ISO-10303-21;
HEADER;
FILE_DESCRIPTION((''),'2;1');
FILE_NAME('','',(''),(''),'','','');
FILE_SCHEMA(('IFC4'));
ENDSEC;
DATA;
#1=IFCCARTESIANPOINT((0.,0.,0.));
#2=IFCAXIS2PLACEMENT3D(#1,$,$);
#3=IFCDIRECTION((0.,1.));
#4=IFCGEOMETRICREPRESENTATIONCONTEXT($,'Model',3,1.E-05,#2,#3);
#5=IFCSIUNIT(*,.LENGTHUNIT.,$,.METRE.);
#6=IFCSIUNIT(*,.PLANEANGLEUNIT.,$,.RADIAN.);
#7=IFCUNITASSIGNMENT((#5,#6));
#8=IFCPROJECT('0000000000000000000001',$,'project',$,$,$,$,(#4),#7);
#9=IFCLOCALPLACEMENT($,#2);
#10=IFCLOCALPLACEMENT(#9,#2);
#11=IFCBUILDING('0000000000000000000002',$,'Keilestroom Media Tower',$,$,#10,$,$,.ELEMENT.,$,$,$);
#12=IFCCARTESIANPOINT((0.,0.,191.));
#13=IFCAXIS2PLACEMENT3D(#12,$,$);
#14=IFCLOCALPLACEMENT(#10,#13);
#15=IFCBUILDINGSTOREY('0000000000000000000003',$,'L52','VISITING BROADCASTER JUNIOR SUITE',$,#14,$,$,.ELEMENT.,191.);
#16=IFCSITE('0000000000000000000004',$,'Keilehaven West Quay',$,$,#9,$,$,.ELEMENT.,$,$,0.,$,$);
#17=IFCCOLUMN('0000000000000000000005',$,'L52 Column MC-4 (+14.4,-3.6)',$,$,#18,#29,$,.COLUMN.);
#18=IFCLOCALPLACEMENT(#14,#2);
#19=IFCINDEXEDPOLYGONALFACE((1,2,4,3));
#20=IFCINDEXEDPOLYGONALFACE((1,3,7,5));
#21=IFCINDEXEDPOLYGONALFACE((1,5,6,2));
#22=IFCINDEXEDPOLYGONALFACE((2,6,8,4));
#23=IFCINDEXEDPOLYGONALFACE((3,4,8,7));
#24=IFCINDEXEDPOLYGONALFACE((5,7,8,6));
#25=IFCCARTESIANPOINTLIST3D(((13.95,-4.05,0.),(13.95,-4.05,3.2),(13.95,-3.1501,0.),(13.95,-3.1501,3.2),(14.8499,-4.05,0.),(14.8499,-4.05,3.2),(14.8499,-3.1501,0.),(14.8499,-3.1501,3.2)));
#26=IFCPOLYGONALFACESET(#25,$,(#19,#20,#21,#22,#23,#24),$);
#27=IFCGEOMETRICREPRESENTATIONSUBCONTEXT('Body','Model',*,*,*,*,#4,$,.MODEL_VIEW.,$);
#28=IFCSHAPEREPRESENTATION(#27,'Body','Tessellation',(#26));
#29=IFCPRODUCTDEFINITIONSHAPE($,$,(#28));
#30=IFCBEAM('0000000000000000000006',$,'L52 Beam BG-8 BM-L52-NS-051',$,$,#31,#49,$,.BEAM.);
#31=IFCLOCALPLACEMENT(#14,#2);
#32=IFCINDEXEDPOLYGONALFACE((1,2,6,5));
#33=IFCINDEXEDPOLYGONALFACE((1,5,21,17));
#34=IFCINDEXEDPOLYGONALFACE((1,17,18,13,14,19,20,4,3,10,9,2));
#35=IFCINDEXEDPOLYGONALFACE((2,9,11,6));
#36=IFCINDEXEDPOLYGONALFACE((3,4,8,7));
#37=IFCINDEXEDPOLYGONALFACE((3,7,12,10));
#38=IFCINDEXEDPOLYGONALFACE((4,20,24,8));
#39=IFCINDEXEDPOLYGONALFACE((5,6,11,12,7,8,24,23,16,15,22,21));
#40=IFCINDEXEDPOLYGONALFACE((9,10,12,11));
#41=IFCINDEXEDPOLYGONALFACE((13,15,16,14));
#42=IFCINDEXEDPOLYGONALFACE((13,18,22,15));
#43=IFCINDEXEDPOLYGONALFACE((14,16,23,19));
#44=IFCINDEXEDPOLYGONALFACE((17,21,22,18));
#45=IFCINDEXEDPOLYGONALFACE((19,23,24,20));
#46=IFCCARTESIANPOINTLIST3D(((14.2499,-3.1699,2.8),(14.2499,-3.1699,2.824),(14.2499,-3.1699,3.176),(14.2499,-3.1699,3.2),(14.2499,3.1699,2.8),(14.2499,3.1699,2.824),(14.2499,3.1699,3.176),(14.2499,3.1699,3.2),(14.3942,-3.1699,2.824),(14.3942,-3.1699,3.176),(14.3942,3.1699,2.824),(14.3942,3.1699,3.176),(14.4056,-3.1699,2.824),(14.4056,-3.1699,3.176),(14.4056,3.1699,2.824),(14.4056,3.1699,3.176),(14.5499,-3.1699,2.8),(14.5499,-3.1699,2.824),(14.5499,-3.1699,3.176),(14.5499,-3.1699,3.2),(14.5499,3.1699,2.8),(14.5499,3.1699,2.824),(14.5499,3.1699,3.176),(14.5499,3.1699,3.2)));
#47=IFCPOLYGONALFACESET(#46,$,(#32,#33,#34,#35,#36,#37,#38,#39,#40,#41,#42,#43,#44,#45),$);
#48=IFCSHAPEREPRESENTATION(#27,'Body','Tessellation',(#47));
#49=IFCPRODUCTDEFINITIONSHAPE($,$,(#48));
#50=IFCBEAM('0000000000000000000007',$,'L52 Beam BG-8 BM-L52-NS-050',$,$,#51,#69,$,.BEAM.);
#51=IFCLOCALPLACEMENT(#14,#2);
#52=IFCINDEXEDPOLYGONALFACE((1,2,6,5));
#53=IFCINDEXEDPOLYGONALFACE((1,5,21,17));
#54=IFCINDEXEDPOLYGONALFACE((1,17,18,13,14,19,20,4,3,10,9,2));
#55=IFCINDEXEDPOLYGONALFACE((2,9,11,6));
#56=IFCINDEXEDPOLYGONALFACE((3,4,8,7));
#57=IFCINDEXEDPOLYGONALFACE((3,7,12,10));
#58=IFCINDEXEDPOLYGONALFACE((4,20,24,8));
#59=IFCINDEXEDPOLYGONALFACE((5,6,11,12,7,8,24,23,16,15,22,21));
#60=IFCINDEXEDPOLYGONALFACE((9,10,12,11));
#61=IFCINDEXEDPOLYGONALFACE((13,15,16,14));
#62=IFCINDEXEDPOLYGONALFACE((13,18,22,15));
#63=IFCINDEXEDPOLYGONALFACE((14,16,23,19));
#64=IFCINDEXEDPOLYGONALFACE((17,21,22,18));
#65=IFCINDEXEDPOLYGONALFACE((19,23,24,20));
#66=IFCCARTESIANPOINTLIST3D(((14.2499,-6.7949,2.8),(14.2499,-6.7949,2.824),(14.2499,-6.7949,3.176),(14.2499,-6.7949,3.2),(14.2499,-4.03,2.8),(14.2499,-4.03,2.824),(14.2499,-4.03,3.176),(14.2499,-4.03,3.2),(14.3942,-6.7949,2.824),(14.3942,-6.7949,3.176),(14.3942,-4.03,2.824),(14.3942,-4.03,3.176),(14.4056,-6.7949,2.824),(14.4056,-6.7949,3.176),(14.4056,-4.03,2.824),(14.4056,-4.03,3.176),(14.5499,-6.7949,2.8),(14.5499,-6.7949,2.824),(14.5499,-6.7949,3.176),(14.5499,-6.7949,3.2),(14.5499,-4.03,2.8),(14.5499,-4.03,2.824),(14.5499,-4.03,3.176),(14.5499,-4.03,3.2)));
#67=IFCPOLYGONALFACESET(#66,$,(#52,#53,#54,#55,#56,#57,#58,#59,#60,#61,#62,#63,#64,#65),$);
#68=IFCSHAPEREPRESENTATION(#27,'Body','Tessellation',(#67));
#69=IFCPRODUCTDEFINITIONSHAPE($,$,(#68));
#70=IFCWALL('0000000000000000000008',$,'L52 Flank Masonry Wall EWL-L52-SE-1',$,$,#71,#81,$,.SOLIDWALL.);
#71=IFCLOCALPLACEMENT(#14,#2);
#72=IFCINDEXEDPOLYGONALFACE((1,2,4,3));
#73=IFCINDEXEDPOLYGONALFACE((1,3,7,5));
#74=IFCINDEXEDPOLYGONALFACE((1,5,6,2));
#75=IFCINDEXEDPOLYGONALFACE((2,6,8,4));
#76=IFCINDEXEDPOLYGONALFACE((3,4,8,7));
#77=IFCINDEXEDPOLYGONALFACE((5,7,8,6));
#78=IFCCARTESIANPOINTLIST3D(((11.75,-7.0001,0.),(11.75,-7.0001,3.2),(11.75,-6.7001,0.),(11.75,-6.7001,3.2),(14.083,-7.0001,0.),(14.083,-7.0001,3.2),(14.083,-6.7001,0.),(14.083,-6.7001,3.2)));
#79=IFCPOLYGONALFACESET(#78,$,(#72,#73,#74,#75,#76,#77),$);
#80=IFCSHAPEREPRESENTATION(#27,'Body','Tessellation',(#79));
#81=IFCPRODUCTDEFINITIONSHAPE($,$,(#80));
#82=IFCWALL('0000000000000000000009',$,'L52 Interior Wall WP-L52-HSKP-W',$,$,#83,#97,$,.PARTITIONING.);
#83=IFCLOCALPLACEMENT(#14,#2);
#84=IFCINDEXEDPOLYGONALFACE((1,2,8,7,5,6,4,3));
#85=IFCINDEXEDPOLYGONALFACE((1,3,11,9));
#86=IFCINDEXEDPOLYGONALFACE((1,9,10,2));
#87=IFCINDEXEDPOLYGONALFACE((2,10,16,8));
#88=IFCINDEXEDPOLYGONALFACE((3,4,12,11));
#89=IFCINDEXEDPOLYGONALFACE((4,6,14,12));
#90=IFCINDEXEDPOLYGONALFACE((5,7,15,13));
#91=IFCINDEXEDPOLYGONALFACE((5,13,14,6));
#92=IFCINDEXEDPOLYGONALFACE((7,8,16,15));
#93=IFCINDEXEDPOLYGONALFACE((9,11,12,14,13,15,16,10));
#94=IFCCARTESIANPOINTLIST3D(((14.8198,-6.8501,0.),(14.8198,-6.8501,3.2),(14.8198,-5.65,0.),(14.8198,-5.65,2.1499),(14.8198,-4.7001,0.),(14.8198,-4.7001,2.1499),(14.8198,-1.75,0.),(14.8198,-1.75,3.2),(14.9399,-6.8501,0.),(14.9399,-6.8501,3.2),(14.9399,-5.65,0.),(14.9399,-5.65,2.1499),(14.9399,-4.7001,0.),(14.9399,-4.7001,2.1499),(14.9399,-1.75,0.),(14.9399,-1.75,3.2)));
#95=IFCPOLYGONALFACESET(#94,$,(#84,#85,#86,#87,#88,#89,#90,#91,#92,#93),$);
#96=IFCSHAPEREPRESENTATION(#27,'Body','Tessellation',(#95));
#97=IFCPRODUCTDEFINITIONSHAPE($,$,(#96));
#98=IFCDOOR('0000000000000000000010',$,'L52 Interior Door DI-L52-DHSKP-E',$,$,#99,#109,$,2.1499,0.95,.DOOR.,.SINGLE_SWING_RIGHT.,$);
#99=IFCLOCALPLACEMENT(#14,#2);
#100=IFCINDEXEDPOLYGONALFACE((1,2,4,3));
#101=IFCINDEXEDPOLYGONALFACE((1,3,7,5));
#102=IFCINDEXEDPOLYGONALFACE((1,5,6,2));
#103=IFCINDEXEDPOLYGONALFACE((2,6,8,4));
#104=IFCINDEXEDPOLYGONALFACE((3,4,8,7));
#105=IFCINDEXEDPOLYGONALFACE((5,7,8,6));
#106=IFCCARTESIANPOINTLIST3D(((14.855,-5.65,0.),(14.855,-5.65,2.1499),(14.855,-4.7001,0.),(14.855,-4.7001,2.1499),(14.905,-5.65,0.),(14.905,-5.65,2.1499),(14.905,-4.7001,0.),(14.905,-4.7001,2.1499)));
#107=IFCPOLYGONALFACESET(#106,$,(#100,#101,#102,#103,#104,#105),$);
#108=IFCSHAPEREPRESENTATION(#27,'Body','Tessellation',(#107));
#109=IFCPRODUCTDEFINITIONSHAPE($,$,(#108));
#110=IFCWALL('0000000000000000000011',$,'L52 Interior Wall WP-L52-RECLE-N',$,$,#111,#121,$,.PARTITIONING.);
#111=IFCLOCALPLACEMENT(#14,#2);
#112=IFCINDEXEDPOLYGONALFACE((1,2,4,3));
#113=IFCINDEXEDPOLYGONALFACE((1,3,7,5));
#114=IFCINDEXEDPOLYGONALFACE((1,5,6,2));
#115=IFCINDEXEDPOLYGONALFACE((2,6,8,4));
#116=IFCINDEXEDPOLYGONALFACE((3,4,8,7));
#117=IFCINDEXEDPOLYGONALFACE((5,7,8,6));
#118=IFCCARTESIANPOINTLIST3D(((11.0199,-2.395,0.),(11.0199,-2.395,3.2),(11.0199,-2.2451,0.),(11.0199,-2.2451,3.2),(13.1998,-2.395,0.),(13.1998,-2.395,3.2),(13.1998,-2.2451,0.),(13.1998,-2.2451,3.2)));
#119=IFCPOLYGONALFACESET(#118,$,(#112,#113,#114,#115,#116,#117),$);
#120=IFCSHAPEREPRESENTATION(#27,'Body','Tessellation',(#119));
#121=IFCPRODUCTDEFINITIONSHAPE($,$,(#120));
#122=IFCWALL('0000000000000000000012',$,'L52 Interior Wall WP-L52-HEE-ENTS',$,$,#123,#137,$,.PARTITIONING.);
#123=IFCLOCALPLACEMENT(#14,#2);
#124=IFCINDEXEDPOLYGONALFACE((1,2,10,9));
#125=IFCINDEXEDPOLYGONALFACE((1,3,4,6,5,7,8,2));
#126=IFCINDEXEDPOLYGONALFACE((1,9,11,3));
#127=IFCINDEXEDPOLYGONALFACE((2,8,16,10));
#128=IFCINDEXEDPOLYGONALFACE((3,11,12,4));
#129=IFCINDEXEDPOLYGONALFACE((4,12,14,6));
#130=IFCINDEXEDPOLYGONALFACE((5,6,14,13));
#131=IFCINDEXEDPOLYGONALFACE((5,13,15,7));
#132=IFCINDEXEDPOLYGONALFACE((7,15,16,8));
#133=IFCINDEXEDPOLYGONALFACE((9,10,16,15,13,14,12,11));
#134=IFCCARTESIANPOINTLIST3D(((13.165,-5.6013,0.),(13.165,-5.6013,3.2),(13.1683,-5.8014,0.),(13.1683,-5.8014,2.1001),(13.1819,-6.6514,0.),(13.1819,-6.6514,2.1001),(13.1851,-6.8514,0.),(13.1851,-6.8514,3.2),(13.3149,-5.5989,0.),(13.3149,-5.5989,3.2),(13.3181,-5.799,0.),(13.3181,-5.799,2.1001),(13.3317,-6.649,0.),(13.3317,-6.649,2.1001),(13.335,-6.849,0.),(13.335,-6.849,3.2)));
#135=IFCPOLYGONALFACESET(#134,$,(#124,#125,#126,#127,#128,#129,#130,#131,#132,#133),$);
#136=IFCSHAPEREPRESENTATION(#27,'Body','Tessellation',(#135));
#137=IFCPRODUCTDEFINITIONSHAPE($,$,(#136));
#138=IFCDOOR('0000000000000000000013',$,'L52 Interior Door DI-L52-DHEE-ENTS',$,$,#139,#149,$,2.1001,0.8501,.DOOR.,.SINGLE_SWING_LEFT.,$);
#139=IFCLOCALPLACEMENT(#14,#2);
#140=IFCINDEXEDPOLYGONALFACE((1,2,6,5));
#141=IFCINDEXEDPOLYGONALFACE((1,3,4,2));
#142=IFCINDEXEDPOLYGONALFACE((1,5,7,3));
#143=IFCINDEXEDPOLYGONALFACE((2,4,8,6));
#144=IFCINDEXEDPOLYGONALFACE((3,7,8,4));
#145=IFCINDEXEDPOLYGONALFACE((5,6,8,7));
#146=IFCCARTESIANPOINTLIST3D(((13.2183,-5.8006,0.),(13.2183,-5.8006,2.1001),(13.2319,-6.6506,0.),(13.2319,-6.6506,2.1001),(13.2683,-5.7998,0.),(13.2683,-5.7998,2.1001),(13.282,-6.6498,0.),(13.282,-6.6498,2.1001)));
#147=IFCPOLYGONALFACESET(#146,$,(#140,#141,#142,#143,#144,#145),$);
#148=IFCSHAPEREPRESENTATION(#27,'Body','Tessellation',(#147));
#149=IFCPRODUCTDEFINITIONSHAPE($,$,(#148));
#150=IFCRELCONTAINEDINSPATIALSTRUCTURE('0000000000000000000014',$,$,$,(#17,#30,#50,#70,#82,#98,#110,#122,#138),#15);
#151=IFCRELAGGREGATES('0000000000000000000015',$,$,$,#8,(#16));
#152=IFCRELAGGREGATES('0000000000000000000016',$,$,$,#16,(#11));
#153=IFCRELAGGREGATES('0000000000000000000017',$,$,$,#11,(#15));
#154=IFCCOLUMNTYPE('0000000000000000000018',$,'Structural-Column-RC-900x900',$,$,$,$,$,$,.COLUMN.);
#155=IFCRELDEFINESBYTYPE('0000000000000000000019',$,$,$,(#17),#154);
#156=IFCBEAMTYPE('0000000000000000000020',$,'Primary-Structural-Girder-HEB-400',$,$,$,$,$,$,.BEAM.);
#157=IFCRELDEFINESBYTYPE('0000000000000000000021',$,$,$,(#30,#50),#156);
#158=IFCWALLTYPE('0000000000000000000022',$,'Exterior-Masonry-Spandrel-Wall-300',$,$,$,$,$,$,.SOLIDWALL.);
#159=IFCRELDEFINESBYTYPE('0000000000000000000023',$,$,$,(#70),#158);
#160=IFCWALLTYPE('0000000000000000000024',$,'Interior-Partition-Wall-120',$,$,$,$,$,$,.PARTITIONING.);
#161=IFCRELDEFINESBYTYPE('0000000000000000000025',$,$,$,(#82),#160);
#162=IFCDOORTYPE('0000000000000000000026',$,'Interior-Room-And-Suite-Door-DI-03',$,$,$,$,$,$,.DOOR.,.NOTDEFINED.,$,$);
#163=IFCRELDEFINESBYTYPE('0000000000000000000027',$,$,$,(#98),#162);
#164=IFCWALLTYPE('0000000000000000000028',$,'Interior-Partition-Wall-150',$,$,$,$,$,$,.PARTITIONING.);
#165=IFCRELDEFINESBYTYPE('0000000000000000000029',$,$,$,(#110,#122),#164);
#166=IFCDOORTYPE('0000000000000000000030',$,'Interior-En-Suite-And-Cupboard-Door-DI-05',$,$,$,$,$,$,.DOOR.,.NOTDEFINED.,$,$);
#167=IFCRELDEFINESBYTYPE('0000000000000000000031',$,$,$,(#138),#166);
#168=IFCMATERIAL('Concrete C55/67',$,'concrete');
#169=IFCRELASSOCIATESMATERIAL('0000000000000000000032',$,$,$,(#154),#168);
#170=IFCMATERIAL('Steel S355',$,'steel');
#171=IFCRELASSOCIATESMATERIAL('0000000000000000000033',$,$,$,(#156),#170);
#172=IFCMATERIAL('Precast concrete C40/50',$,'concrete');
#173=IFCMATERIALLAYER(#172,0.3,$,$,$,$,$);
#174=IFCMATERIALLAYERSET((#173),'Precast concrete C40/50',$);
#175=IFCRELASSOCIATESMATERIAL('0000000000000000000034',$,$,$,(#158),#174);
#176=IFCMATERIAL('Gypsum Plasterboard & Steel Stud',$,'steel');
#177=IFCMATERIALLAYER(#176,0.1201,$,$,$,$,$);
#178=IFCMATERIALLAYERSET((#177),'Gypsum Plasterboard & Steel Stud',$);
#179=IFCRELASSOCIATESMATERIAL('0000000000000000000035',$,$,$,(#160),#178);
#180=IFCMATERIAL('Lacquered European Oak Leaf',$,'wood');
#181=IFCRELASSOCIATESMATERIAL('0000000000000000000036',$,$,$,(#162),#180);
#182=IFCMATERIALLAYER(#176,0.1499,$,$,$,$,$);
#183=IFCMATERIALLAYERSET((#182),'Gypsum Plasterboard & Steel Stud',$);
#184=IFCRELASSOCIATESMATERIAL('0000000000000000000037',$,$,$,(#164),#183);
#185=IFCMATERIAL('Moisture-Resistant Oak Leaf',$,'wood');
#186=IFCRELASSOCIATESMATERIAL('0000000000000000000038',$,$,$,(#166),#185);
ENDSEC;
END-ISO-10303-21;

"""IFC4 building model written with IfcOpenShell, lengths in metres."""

from ifc_helpers import new_model, si_unit, direction, frame, frame_2d, origin, origin_2d, place, context, subcontext, project, spatial, rectangle, i_section, extrude, source, transform, mapped, material, layer, layer_set, material_profile, profile_set, type_object, element, fill, save


model = new_model("IFC4")

# Units and contexts
model_context = context("Model", 3, precision=1e-05, world=origin(), true_north=direction((0.0, 1.0)))
body_context = subcontext(model_context, "Body", "Model", "MODEL_VIEW")
ifc_project = project(units=[si_unit("LENGTHUNIT", "METRE"), si_unit("PLANEANGLEUNIT", "RADIAN")], contexts=[model_context])

# Site, building, storey
site_placement = place(None, origin())
site = spatial("IfcSite", under=ifc_project, at=site_placement, Name="Keilehaven West Quay", CompositionType="ELEMENT", RefElevation=0.0)
building_placement = place(site_placement, origin())
building = spatial("IfcBuilding", under=site, at=building_placement, Name="Keilestroom Media Tower", CompositionType="ELEMENT")
storey_placement = place(building_placement, frame((0.0, 0.0, 191.0)))
storey = spatial("IfcBuildingStorey", under=building, at=storey_placement, Name="L52", Description="VISITING BROADCASTER JUNIOR SUITE", CompositionType="ELEMENT", Elevation=191.0)

# Column
ifc_material_1 = material(Name="Concrete C55/67", Category="concrete")
ifc_material_profile_1 = material_profile(ifc_material_1, rectangle(XDim=0.8999, YDim=0.8999, at=origin_2d()), Name="RC 900x900")
ifc_profile_set_1 = profile_set([ifc_material_profile_1], Name="Concrete C55/67")
column_type = type_object("IfcColumnType", Name="Structural-Column-RC-900x900", PredefinedType="COLUMN", material=ifc_profile_set_1)
shared_shape_1 = source(origin(), body_context, "Body", "SweptSolid", [
    extrude(rectangle(XDim=0.8999, YDim=0.8999, at=origin_2d()), origin(), (0.0, 0.0, 1.0), 3.2),
])
column_placement = place(storey_placement, frame((14.3999, -3.6001, 0.0), z_axis=(0.0, 0.0, 1.0), x_axis=(1.0, 0.0, 0.0)))
element("IfcColumn", 1, at=column_placement, inside=storey, type_object=column_type, Name="L52 Column MC-4 (+14.4,-3.6)", PredefinedType="COLUMN", context=body_context, shape_type="MappedRepresentation", body=[
    mapped(shared_shape_1, transform((0.0, 0.0, 0.0), x_axis=(1.0, 0.0, 0.0), y_axis=(0.0, 1.0, 0.0), z_axis=(0.0, 0.0, 1.0), scale=1.0)),
])

# Beams
ifc_material_2 = material(Name="Steel S355", Category="steel")
ifc_material_profile_2 = material_profile(ifc_material_2, i_section(OverallWidth=0.3, OverallDepth=0.3999, WebThickness=0.0115, FlangeThickness=0.0239, at=origin_2d()), Name="HEB 400")
ifc_profile_set_2 = profile_set([ifc_material_profile_2], Name="Steel S355")
beam_type = type_object("IfcBeamType", Name="Primary-Structural-Girder-HEB-400", PredefinedType="BEAM", material=ifc_profile_set_2)
shared_shape_2 = source(origin(), body_context, "Body", "SweptSolid", [
    extrude(i_section(OverallWidth=0.3, OverallDepth=0.3999, WebThickness=0.0115, FlangeThickness=0.0239, at=origin_2d()), origin(), (0.0, 0.0, 1.0), 6.3398),
])
beam_1_placement = place(storey_placement, frame((14.3999, -3.1699, 3.0), z_axis=(0.0, 1.0, 0.0), x_axis=(-1.0, 0.0, 0.0)))
element("IfcBeam", 2, at=beam_1_placement, inside=storey, type_object=beam_type, Name="L52 Beam BG-8 BM-L52-NS-051", PredefinedType="BEAM", context=body_context, shape_type="MappedRepresentation", body=[
    mapped(shared_shape_2, transform((0.0, 0.0, 0.0), x_axis=(1.0, 0.0, 0.0), y_axis=(0.0, 1.0, 0.0), z_axis=(0.0, 0.0, 1.0), scale=1.0)),
])
shared_shape_3 = source(origin(), body_context, "Body", "SweptSolid", [
    extrude(i_section(OverallWidth=0.3, OverallDepth=0.3999, WebThickness=0.0115, FlangeThickness=0.0239, at=origin_2d()), origin(), (0.0, 0.0, 1.0), 2.7649),
])
beam_2_placement = place(storey_placement, frame((14.3999, -6.7949, 3.0), z_axis=(0.0, 1.0, 0.0), x_axis=(-1.0, 0.0, 0.0)))
element("IfcBeam", 3, at=beam_2_placement, inside=storey, type_object=beam_type, Name="L52 Beam BG-8 BM-L52-NS-050", PredefinedType="BEAM", context=body_context, shape_type="MappedRepresentation", body=[
    mapped(shared_shape_3, transform((0.0, 0.0, 0.0), x_axis=(1.0, 0.0, 0.0), y_axis=(0.0, 1.0, 0.0), z_axis=(0.0, 0.0, 1.0), scale=1.0)),
])

# Wall
ifc_material_3 = material(Name="Precast concrete C40/50", Category="concrete")
ifc_layer_1 = layer(ifc_material_3, 0.3)
ifc_layer_set_1 = layer_set([ifc_layer_1], Name="Precast concrete C40/50")
wall_type_1 = type_object("IfcWallType", Name="Exterior-Masonry-Spandrel-Wall-300", PredefinedType="SOLIDWALL", material=ifc_layer_set_1)
wall_1_placement = place(storey_placement, frame((11.75, -6.8501, 0.0), z_axis=(0.0, 0.0, 1.0), x_axis=(1.0, 0.0, 0.0)))
element("IfcWall", 4, at=wall_1_placement, inside=storey, type_object=wall_type_1, Name="L52 Flank Masonry Wall EWL-L52-SE-1", PredefinedType="SOLIDWALL", context=body_context, shape_type="SweptSolid", body=[
    extrude(rectangle(XDim=2.333, YDim=0.3, at=frame_2d((1.1665, 0.0))), origin(), (0.0, 0.0, 1.0), 3.2),
])

# Wall, opening, door
ifc_material_4 = material(Name="Gypsum Plasterboard & Steel Stud", Category="steel")
ifc_layer_2 = layer(ifc_material_4, 0.1201)
ifc_layer_set_2 = layer_set([ifc_layer_2], Name="Gypsum Plasterboard & Steel Stud")
wall_type_2 = type_object("IfcWallType", Name="Interior-Partition-Wall-120", PredefinedType="PARTITIONING", material=ifc_layer_set_2)
wall_2_placement = place(storey_placement, frame((14.8799, -6.8501, 0.0), z_axis=(0.0, 0.0, 1.0), x_axis=(0.0, 1.0, 0.0)))
wall_2 = element("IfcWall", 5, at=wall_2_placement, inside=storey, type_object=wall_type_2, Name="L52 Interior Wall WP-L52-HSKP-W", PredefinedType="PARTITIONING", context=body_context, shape_type="SweptSolid", body=[
    extrude(rectangle(XDim=5.1001, YDim=0.1201, at=frame_2d((2.55, 0.0))), origin(), (0.0, 0.0, 1.0), 3.2),
])
opening_1_placement = place(wall_2_placement, frame((1.2, 0.0, 0.0)))
opening_1 = element("IfcOpeningElement", 6, at=opening_1_placement, cuts=wall_2, PredefinedType="OPENING", context=body_context, shape_type="SweptSolid", body=[
    extrude(rectangle(XDim=0.95, YDim=2.1499, at=frame_2d((0.4751, 1.075))), frame((0.0, 0.0701, 0.0), z_axis=(0.0, -1.0, 0.0), x_axis=(1.0, 0.0, 0.0)), (0.0, 0.0, 1.0), 0.1401),
])
ifc_material_5 = material(Name="Lacquered European Oak Leaf", Category="wood")
door_type_1 = type_object("IfcDoorType", Name="Interior-Room-And-Suite-Door-DI-03", OperationType="NOTDEFINED", PredefinedType="DOOR", material=ifc_material_5)
shared_shape_4 = source(origin(), body_context, "Body", "SweptSolid", [
    extrude(rectangle(XDim=0.95, YDim=2.1499, at=frame_2d((0.4751, 1.075))), frame((0.0, 0.0249, 0.0), z_axis=(0.0, -1.0, 0.0), x_axis=(1.0, 0.0, 0.0)), (0.0, 0.0, 1.0), 0.05),
])
door_1_placement = place(opening_1_placement, origin())
door_1 = element("IfcDoor", 7, at=door_1_placement, inside=storey, type_object=door_type_1, Name="L52 Interior Door DI-L52-DHSKP-E", OperationType="SINGLE_SWING_RIGHT", OverallHeight=2.1499, OverallWidth=0.95, PredefinedType="DOOR", context=body_context, shape_type="MappedRepresentation", body=[
    mapped(shared_shape_4, transform((0.0, 0.0, 0.0), x_axis=(1.0, 0.0, 0.0), y_axis=(0.0, 1.0, 0.0), z_axis=(0.0, 0.0, 1.0), scale=1.0)),
])
fill(opening_1, door_1)

# Wall
ifc_layer_3 = layer(ifc_material_4, 0.1499)
ifc_layer_set_3 = layer_set([ifc_layer_3], Name="Gypsum Plasterboard & Steel Stud")
wall_type_3 = type_object("IfcWallType", Name="Interior-Partition-Wall-150", PredefinedType="PARTITIONING", material=ifc_layer_set_3)
wall_3_placement = place(storey_placement, frame((11.02, -2.3201, 0.0), z_axis=(0.0, 0.0, 1.0), x_axis=(1.0, 0.0, 0.0)))
element("IfcWall", 8, at=wall_3_placement, inside=storey, type_object=wall_type_3, Name="L52 Interior Wall WP-L52-RECLE-N", PredefinedType="PARTITIONING", context=body_context, shape_type="SweptSolid", body=[
    extrude(rectangle(XDim=2.1799, YDim=0.1499, at=frame_2d((1.0898, 0.0))), origin(), (0.0, 0.0, 1.0), 3.2),
])

# Wall, opening, door
wall_4_placement = place(storey_placement, frame((13.26, -6.8501, 0.0), z_axis=(0.0, 0.0, 1.0), x_axis=(-0.016014, 0.999872, 0.0)))
wall_4 = element("IfcWall", 9, at=wall_4_placement, inside=storey, type_object=wall_type_3, Name="L52 Interior Wall WP-L52-HEE-ENTS", PredefinedType="PARTITIONING", context=body_context, shape_type="SweptSolid", body=[
    extrude(rectangle(XDim=1.2502, YDim=0.1499, at=frame_2d((0.625, 0.0))), origin(), (0.0, 0.0, 1.0), 3.2),
])
opening_2_placement = place(wall_4_placement, frame((0.2, 0.0, 0.0)))
opening_2 = element("IfcOpeningElement", 10, at=opening_2_placement, cuts=wall_4, PredefinedType="OPENING", context=body_context, shape_type="SweptSolid", body=[
    extrude(rectangle(XDim=0.8501, YDim=2.1001, at=frame_2d((0.425, 1.05))), frame((0.0, 0.085, 0.0), z_axis=(0.0, -1.0, 0.0), x_axis=(1.0, 0.0, 0.0)), (0.0, 0.0, 1.0), 0.1699),
])
ifc_material_6 = material(Name="Moisture-Resistant Oak Leaf", Category="wood")
door_type_2 = type_object("IfcDoorType", Name="Interior-En-Suite-And-Cupboard-Door-DI-05", OperationType="NOTDEFINED", PredefinedType="DOOR", material=ifc_material_6)
shared_shape_5 = source(origin(), body_context, "Body", "SweptSolid", [
    extrude(rectangle(XDim=0.8501, YDim=2.1001, at=frame_2d((0.425, 1.05))), frame((0.0, 0.0249, 0.0), z_axis=(0.0, -1.0, 0.0), x_axis=(1.0, 0.0, 0.0)), (0.0, 0.0, 1.0), 0.05),
])
door_2_placement = place(opening_2_placement, origin())
door_2 = element("IfcDoor", 11, at=door_2_placement, inside=storey, type_object=door_type_2, Name="L52 Interior Door DI-L52-DHEE-ENTS", OperationType="SINGLE_SWING_LEFT", OverallHeight=2.1001, OverallWidth=0.8501, PredefinedType="DOOR", context=body_context, shape_type="MappedRepresentation", body=[
    mapped(shared_shape_5, transform((0.0, 0.0, 0.0), x_axis=(1.0, 0.0, 0.0), y_axis=(0.0, 1.0, 0.0), z_axis=(0.0, 0.0, 1.0), scale=1.0)),
])
fill(opening_2, door_2)

save(model, "model.ifc")
